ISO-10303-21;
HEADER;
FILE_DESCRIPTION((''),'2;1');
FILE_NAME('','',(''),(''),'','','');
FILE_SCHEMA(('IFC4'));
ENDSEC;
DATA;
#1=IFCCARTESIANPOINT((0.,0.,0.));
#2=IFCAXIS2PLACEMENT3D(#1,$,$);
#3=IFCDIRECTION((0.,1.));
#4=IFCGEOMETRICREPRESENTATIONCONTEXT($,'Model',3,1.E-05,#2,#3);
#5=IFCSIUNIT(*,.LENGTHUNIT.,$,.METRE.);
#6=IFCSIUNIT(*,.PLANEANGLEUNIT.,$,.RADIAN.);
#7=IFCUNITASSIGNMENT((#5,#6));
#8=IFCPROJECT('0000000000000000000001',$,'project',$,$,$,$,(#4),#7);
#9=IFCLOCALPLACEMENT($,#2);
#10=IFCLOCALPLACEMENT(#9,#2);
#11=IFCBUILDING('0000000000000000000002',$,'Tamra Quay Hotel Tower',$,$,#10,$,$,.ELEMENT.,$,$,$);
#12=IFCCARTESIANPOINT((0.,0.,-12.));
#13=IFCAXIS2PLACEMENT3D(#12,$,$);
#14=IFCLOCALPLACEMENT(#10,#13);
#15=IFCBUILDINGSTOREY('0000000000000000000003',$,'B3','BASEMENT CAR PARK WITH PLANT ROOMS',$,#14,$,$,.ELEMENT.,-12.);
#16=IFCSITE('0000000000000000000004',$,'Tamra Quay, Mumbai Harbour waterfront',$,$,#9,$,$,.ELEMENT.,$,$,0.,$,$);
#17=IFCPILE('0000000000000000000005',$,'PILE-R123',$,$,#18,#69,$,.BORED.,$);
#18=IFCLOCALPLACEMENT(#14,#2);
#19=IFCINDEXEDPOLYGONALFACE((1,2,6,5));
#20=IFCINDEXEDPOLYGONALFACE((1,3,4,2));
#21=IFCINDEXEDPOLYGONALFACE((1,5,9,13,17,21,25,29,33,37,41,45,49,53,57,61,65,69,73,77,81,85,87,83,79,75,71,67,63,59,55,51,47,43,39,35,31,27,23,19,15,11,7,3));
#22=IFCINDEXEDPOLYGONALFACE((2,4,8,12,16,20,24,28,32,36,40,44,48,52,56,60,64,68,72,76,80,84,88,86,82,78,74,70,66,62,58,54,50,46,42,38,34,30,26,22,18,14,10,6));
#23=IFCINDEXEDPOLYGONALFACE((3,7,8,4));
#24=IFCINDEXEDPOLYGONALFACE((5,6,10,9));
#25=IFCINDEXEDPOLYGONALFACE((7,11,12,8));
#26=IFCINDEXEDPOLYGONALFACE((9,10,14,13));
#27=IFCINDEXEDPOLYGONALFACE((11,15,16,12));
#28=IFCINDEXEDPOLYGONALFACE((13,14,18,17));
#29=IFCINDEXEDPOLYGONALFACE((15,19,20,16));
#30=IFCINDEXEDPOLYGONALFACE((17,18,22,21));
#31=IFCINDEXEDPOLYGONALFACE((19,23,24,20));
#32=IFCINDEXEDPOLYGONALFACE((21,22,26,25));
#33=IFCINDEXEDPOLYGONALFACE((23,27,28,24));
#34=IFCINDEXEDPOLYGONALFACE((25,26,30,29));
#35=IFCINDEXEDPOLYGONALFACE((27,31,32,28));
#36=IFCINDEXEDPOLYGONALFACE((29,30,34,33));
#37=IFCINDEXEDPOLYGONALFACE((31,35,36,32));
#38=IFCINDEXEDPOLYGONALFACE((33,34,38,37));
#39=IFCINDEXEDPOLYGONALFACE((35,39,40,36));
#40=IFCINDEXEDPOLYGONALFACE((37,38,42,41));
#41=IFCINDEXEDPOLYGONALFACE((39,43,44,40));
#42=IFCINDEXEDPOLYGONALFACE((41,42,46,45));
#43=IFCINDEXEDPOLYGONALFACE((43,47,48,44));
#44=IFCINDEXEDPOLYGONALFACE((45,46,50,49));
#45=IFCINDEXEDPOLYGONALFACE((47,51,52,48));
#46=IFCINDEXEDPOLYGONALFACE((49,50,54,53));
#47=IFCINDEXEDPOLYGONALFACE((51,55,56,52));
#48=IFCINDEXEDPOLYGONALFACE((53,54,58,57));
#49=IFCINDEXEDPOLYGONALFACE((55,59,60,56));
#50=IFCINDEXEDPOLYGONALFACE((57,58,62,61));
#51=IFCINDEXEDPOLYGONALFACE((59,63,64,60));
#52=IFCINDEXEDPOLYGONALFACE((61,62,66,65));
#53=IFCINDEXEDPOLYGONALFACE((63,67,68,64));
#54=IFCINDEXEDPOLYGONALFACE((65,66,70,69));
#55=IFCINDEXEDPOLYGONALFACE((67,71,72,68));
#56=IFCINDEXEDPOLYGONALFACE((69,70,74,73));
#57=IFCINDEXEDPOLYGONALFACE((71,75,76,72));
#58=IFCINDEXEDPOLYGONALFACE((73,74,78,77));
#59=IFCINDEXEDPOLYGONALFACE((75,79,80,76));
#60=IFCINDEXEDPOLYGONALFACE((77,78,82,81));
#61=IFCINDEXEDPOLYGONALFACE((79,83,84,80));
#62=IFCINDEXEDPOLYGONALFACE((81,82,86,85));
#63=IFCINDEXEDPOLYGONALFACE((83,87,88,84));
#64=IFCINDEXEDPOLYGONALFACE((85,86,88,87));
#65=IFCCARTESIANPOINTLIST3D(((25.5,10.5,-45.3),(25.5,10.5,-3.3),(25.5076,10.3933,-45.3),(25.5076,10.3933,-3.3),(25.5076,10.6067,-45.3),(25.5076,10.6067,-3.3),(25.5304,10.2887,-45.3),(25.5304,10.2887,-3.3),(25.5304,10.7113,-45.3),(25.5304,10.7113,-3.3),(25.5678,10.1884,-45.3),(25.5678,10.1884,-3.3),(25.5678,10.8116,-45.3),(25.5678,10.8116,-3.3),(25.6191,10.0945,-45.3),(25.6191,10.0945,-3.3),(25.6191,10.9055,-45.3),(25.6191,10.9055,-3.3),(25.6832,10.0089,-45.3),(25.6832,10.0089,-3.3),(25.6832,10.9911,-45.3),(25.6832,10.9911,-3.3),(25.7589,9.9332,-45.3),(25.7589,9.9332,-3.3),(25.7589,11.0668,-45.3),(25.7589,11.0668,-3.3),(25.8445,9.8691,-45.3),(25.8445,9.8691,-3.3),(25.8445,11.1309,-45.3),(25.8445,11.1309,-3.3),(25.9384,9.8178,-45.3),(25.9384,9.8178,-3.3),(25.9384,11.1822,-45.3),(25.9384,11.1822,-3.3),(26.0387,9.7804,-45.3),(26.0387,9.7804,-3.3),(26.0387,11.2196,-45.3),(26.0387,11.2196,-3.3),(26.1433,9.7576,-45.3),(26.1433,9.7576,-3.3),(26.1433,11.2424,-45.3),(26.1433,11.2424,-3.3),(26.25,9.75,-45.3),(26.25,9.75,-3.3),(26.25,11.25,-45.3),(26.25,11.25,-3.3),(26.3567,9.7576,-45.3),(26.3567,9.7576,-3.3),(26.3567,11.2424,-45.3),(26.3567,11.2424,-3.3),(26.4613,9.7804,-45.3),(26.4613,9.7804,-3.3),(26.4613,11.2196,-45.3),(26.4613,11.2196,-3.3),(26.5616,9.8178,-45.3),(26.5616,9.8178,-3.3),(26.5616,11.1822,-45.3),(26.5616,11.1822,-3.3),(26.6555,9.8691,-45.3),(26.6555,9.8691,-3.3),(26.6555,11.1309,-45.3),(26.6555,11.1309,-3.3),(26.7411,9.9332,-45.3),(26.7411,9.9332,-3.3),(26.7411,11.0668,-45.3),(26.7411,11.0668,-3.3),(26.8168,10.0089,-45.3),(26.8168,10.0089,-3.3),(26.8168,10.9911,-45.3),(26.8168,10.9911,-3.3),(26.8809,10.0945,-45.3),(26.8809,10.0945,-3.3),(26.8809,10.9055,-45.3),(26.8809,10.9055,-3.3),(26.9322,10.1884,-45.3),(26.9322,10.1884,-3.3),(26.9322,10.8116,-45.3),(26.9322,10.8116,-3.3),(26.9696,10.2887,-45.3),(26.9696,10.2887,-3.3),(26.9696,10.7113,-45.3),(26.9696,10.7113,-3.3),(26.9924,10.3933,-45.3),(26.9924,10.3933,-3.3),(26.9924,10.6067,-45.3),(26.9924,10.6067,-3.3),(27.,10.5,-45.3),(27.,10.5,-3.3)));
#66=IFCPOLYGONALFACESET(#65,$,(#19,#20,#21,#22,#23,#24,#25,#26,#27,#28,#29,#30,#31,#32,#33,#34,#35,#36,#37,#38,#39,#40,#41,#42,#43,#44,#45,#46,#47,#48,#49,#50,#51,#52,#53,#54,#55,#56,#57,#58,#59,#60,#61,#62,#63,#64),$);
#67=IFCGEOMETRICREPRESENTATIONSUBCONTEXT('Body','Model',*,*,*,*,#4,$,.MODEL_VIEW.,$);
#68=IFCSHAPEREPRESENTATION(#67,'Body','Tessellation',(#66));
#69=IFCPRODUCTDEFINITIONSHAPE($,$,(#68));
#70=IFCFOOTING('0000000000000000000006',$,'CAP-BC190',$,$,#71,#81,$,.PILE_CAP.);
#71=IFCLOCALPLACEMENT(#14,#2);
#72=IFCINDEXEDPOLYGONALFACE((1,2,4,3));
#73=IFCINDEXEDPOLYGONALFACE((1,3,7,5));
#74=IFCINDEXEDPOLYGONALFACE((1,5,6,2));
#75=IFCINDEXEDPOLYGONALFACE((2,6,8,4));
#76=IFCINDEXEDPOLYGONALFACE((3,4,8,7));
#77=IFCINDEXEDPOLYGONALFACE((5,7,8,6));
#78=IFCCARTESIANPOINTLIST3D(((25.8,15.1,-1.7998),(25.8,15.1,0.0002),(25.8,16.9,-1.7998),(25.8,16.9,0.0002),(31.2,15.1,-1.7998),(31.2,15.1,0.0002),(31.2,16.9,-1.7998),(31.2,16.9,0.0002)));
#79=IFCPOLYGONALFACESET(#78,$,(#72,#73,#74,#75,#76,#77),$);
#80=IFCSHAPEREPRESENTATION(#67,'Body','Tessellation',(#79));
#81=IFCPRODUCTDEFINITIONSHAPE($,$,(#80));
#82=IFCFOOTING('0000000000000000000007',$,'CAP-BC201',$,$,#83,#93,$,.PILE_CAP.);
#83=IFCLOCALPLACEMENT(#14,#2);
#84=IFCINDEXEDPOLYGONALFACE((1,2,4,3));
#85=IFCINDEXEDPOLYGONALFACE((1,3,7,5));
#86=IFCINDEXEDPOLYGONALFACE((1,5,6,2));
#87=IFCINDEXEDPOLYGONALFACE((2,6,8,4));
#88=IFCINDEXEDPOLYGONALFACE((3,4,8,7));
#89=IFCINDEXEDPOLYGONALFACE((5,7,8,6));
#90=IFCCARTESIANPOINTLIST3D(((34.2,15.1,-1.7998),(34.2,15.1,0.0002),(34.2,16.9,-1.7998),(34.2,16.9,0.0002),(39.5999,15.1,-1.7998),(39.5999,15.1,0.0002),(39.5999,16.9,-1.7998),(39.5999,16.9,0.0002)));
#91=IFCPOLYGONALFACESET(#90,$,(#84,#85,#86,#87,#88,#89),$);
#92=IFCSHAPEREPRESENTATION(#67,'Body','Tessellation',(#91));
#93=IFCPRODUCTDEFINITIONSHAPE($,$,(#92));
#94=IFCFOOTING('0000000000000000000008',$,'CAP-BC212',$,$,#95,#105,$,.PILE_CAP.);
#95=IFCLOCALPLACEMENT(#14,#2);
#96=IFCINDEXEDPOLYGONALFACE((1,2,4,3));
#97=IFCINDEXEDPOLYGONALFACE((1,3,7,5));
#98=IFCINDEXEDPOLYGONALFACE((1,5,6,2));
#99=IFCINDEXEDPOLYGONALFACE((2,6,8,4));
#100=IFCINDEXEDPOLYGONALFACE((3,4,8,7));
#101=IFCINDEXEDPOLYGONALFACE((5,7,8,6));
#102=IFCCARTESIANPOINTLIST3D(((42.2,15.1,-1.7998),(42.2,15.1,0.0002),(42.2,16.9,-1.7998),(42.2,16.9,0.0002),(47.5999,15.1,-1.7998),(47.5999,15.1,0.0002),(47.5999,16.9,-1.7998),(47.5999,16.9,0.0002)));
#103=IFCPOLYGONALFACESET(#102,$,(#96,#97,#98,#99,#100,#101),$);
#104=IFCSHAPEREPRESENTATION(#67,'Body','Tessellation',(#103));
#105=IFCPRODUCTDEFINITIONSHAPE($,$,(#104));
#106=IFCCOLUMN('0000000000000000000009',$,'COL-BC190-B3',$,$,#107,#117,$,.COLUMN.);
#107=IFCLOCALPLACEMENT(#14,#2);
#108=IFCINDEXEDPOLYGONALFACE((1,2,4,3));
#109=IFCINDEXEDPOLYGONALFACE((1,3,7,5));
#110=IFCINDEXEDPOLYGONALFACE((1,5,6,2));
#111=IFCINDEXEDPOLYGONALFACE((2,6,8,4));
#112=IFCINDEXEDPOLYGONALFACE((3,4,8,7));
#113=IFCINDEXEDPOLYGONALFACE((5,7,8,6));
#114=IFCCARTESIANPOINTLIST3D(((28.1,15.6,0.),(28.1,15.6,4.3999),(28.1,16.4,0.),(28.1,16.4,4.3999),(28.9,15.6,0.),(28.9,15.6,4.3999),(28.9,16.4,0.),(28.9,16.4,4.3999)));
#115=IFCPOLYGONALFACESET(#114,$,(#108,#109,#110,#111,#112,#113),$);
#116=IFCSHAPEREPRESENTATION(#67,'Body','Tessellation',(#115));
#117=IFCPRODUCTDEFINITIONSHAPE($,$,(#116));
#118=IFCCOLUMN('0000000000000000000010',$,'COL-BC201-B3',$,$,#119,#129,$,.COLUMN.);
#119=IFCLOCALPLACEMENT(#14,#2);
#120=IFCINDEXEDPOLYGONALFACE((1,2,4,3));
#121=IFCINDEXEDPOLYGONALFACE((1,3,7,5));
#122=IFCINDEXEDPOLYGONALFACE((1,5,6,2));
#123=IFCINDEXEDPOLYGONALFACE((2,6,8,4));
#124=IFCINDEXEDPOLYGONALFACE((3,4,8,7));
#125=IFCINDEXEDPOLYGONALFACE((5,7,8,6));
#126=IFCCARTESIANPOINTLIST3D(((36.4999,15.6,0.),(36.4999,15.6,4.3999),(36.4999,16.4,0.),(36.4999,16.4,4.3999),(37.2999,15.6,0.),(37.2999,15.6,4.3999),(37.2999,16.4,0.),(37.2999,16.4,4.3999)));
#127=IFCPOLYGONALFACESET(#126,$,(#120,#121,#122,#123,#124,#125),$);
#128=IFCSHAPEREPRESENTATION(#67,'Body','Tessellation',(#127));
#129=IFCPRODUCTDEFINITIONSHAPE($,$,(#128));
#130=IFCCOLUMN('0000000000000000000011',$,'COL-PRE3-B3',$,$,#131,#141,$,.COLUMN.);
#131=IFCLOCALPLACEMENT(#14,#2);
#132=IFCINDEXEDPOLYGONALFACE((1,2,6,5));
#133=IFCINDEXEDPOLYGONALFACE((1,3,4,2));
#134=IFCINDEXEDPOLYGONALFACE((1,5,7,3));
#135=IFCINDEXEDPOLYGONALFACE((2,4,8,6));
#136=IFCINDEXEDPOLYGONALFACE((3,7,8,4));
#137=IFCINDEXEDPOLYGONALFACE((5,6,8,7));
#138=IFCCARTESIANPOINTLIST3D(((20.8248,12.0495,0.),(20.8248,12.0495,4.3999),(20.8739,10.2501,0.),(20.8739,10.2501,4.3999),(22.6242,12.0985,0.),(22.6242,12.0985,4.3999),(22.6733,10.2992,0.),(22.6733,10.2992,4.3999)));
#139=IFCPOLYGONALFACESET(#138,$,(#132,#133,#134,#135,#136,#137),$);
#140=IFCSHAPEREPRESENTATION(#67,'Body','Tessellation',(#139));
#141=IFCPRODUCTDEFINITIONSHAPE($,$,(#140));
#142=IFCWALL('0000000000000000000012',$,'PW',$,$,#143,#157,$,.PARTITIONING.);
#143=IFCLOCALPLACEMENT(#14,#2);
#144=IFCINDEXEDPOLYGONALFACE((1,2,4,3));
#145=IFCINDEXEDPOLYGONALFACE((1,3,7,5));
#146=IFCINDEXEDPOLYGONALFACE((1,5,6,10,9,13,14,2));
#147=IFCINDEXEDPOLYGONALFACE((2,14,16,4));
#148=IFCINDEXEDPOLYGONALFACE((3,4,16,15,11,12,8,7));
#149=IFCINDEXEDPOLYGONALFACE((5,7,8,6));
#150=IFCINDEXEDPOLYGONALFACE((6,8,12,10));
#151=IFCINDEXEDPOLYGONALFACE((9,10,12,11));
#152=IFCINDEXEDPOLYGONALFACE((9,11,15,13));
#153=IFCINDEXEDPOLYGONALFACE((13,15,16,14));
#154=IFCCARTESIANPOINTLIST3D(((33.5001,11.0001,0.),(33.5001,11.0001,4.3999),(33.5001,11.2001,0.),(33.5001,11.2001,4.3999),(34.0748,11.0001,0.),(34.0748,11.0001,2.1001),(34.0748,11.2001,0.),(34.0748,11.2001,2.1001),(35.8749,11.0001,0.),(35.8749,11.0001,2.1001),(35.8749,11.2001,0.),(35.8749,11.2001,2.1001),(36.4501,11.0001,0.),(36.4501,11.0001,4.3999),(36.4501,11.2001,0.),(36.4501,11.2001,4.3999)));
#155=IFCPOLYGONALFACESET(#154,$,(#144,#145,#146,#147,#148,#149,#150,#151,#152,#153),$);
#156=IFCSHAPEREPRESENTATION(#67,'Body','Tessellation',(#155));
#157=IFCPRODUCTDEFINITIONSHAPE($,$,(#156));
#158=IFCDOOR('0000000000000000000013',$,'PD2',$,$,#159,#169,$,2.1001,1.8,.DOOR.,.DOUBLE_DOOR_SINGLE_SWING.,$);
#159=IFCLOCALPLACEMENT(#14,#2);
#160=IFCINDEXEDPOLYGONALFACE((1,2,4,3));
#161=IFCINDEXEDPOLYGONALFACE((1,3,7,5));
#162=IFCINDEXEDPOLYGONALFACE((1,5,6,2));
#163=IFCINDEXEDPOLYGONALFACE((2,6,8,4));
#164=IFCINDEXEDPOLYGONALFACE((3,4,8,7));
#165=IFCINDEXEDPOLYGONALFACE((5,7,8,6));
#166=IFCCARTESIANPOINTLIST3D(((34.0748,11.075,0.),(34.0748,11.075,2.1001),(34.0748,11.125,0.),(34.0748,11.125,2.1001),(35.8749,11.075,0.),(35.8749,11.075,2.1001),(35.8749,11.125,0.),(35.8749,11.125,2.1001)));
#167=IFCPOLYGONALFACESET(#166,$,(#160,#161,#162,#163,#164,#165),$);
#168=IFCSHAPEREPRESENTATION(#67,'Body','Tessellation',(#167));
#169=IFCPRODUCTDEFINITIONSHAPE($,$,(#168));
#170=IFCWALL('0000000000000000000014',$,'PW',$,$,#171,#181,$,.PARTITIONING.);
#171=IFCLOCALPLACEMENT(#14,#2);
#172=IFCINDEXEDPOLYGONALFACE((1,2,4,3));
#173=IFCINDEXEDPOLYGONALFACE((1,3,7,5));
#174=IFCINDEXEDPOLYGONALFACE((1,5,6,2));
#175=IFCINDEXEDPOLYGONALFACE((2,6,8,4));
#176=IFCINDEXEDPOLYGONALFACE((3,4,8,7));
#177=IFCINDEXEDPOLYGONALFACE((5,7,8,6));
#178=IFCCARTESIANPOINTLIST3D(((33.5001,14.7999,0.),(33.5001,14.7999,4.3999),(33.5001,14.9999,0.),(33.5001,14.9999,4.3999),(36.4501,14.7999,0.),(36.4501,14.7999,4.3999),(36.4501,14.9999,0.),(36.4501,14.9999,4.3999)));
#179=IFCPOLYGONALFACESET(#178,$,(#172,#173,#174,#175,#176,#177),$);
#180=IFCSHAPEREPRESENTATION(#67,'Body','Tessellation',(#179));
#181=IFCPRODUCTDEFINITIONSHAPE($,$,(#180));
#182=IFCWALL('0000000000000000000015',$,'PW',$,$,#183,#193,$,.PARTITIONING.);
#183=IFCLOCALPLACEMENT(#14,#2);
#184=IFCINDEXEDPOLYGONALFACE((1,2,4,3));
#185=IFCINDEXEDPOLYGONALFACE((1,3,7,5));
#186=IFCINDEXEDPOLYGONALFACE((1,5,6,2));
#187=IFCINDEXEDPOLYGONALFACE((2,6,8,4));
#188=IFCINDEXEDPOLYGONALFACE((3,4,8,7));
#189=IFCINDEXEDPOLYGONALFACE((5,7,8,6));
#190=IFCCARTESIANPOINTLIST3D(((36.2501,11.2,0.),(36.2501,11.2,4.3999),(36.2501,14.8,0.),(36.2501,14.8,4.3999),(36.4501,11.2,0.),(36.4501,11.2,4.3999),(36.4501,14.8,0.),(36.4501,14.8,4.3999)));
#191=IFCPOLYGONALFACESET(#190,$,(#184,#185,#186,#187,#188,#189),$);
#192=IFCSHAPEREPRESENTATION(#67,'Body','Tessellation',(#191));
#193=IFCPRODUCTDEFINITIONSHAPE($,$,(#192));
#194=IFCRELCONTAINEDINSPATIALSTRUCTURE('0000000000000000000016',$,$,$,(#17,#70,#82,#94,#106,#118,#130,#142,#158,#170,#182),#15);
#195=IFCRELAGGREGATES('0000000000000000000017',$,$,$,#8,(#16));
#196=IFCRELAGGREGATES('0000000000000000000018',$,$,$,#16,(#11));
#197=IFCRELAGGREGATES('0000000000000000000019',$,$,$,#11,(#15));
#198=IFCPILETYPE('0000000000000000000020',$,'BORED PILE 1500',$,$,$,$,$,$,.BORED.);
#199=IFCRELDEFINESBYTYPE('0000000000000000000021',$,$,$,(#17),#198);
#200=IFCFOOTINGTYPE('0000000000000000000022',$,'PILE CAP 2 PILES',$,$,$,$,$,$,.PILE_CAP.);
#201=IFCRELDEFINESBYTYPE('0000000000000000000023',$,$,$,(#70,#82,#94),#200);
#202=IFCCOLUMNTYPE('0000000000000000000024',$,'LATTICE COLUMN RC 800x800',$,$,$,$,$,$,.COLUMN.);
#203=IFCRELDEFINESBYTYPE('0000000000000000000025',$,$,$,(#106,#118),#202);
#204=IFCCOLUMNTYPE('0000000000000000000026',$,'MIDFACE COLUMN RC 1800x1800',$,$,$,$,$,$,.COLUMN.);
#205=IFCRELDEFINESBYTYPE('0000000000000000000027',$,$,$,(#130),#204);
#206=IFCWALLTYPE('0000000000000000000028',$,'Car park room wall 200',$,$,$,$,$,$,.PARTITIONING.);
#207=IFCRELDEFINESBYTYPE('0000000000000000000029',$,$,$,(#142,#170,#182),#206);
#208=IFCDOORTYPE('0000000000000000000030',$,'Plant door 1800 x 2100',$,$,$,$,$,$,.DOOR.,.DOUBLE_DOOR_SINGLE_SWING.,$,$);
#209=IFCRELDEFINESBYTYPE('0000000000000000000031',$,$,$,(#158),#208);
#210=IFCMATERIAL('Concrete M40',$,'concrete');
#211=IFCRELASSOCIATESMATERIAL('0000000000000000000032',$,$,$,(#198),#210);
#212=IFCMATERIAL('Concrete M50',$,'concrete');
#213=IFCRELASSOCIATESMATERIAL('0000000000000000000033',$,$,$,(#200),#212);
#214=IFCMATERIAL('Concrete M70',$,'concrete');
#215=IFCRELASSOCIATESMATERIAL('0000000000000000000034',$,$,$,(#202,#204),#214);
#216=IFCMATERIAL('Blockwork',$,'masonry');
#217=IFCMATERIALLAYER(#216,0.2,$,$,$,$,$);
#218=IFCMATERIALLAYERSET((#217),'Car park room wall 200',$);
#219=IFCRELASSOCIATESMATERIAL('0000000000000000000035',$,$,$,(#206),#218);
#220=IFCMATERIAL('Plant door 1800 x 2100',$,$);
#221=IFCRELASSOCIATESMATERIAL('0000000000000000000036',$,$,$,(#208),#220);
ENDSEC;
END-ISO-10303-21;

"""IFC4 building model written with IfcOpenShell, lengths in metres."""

from ifc_helpers import new_model, si_unit, direction, frame, frame_2d, origin, origin_2d, place, context, subcontext, project, spatial, rectangle, circle, extrude, material, layer, layer_set, material_profile, profile_set, type_object, element, fill, save


model = new_model("IFC4")

# Units and contexts
model_context = context("Model", 3, precision=1e-05, world=origin(), true_north=direction((0.0, 1.0)))
body_context = subcontext(model_context, "Body", "Model", "MODEL_VIEW")
ifc_project = project(units=[si_unit("LENGTHUNIT", "METRE"), si_unit("PLANEANGLEUNIT", "RADIAN")], contexts=[model_context])

# Site, building, storey
site_placement = place(None, origin())
site = spatial("IfcSite", under=ifc_project, at=site_placement, Name="Tamra Quay, Mumbai Harbour waterfront", CompositionType="ELEMENT", RefElevation=0.0)
building_placement = place(site_placement, origin())
building = spatial("IfcBuilding", under=site, at=building_placement, Name="Tamra Quay Hotel Tower", CompositionType="ELEMENT")
storey_placement = place(building_placement, frame((0.0, 0.0, -12.0)))
storey = spatial("IfcBuildingStorey", under=building, at=storey_placement, Name="B3", Description="BASEMENT CAR PARK WITH PLANT ROOMS", CompositionType="ELEMENT", Elevation=-12.0)

# Pile
ifc_material_1 = material(Name="Concrete M40", Category="concrete")
ifc_material_profile_1 = material_profile(ifc_material_1, circle(Radius=0.75, at=origin_2d()), Name="BORED PILE 1500")
ifc_profile_set_1 = profile_set([ifc_material_profile_1], Name="Concrete M40")
pile_type_1 = type_object("IfcPileType", Name="BORED PILE 1500", PredefinedType="BORED", material=ifc_profile_set_1)
for number, where, z_axis, x_axis, name in (
    (1, (26.25, 10.5, -3.3), (0.0, 0.0, -1.0), (1.0, 0.0, 0.0), "PILE-R123"),
):
    element("IfcPile", number, at=place(storey_placement, frame(where, z_axis=z_axis, x_axis=x_axis)), inside=storey, type_object=pile_type_1, Name=name, PredefinedType="BORED", context=body_context, shape_type="SweptSolid", body=[
        extrude(circle(Radius=0.75, at=origin_2d()), origin(), (0.0, 0.0, 1.0), 42.0),
    ])

# Footings
ifc_material_2 = material(Name="Concrete M50", Category="concrete")
footing_type = type_object("IfcFootingType", Name="PILE CAP 2 PILES", PredefinedType="PILE_CAP", material=ifc_material_2)
for number, where, z_axis, x_axis, name in (
    (2, (28.5, 16.0, -1.7998), (0.0, 0.0, 1.0), (1.0, 0.0, 0.0), "CAP-BC190"),
    (3, (36.8999, 16.0, -1.7998), (0.0, 0.0, 1.0), (1.0, 0.0, 0.0), "CAP-BC201"),
    (4, (44.8999, 16.0, -1.7998), (0.0, 0.0, 1.0), (1.0, 0.0, 0.0), "CAP-BC212"),
):
    element("IfcFooting", number, at=place(storey_placement, frame(where, z_axis=z_axis, x_axis=x_axis)), inside=storey, type_object=footing_type, Name=name, PredefinedType="PILE_CAP", context=body_context, shape_type="SweptSolid", body=[
        extrude(rectangle(XDim=5.3999, YDim=1.8, at=origin_2d()), origin(), (0.0, 0.0, 1.0), 1.8),
    ])

# Columns
ifc_material_3 = material(Name="Concrete M70", Category="concrete")
ifc_material_profile_2 = material_profile(ifc_material_3, rectangle(XDim=0.8, YDim=0.8, at=origin_2d()), Name="LATTICE COLUMN RC 800x800")
ifc_profile_set_2 = profile_set([ifc_material_profile_2], Name="Concrete M70")
column_type_1 = type_object("IfcColumnType", Name="LATTICE COLUMN RC 800x800", PredefinedType="COLUMN", material=ifc_profile_set_2)
for number, where, z_axis, x_axis, name in (
    (5, (28.5, 16.0, 0.0), (0.0, 0.0, 1.0), (1.0, 0.0, 0.0), "COL-BC190-B3"),
    (6, (36.8999, 16.0, 0.0), (0.0, 0.0, 1.0), (1.0, 0.0, 0.0), "COL-BC201-B3"),
):
    element("IfcColumn", number, at=place(storey_placement, frame(where, z_axis=z_axis, x_axis=x_axis)), inside=storey, type_object=column_type_1, Name=name, PredefinedType="COLUMN", context=body_context, shape_type="SweptSolid", body=[
        extrude(rectangle(XDim=0.8, YDim=0.8, at=origin_2d()), origin(), (0.0, 0.0, 1.0), 4.3999),
    ])
ifc_material_profile_3 = material_profile(ifc_material_3, rectangle(XDim=1.8, YDim=1.8, at=origin_2d()), Name="MIDFACE COLUMN RC 1800x1800")
ifc_profile_set_3 = profile_set([ifc_material_profile_3], Name="Concrete M70")
column_type_2 = type_object("IfcColumnType", Name="MIDFACE COLUMN RC 1800x1800", PredefinedType="COLUMN", material=ifc_profile_set_3)
column_placement = place(storey_placement, frame((21.749, 11.1743, 0.0), z_axis=(0.0, 0.0, 1.0), x_axis=(0.999628, 0.027269, 0.0)))
element("IfcColumn", 7, at=column_placement, inside=storey, type_object=column_type_2, Name="COL-PRE3-B3", PredefinedType="COLUMN", context=body_context, shape_type="SweptSolid", body=[
    extrude(rectangle(XDim=1.8, YDim=1.8, at=origin_2d()), origin(), (0.0, 0.0, 1.0), 4.3999),
])

# Wall, opening, door
ifc_material_4 = material(Name="Blockwork", Category="masonry")
ifc_layer_1 = layer(ifc_material_4, 0.2)
ifc_layer_set_1 = layer_set([ifc_layer_1], Name="Car park room wall 200")
wall_type_1 = type_object("IfcWallType", Name="Car park room wall 200", PredefinedType="PARTITIONING", material=ifc_layer_set_1)
wall_1_placement = place(storey_placement, frame((33.5, 11.1001, 0.0), z_axis=(0.0, 0.0, 1.0), x_axis=(1.0, 0.0, 0.0)))
wall_1 = element("IfcWall", 8, at=wall_1_placement, inside=storey, type_object=wall_type_1, Name="PW", PredefinedType="PARTITIONING", context=body_context, shape_type="SweptSolid", body=[
    extrude(rectangle(XDim=2.95, YDim=0.2, at=frame_2d((1.4751, 0.0))), origin(), (0.0, 0.0, 1.0), 4.3999),
])
opening_1_placement = place(wall_1_placement, frame((0.575, 0.0, 0.0)))
opening_1 = element("IfcOpeningElement", 9, at=opening_1_placement, cuts=wall_1, PredefinedType="OPENING", context=body_context, shape_type="SweptSolid", body=[
    extrude(rectangle(XDim=1.8, YDim=2.1001, at=frame_2d((0.8999, 1.05))), frame((0.0, 0.1099, 0.0), z_axis=(0.0, -1.0, 0.0), x_axis=(1.0, 0.0, 0.0)), (0.0, 0.0, 1.0), 0.22),
])
ifc_material_5 = material(Name="Plant door 1800 x 2100")
door_type_1 = type_object("IfcDoorType", Name="Plant door 1800 x 2100", OperationType="DOUBLE_DOOR_SINGLE_SWING", PredefinedType="DOOR", material=ifc_material_5)
door_1_placement = place(opening_1_placement, origin())
door_1 = element("IfcDoor", 10, at=door_1_placement, inside=storey, type_object=door_type_1, Name="PD2", OperationType="DOUBLE_DOOR_SINGLE_SWING", OverallHeight=2.1001, OverallWidth=1.8, PredefinedType="DOOR", context=body_context, shape_type="SweptSolid", body=[
    extrude(rectangle(XDim=1.8, YDim=2.1001, at=frame_2d((0.8999, 1.05))), frame((0.0, 0.0249, 0.0), z_axis=(0.0, -1.0, 0.0), x_axis=(1.0, 0.0, 0.0)), (0.0, 0.0, 1.0), 0.05),
])
fill(opening_1, door_1)

# Walls
wall_2_placement = place(storey_placement, frame((33.5, 14.8999, 0.0), z_axis=(0.0, 0.0, 1.0), x_axis=(1.0, 0.0, 0.0)))
element("IfcWall", 11, at=wall_2_placement, inside=storey, type_object=wall_type_1, Name="PW", PredefinedType="PARTITIONING", context=body_context, shape_type="SweptSolid", body=[
    extrude(rectangle(XDim=2.95, YDim=0.2, at=frame_2d((1.4751, 0.0))), origin(), (0.0, 0.0, 1.0), 4.3999),
])
wall_3_placement = place(storey_placement, frame((36.3501, 11.2, 0.0), z_axis=(0.0, 0.0, 1.0), x_axis=(0.0, 1.0, 0.0)))
element("IfcWall", 12, at=wall_3_placement, inside=storey, type_object=wall_type_1, Name="PW", PredefinedType="PARTITIONING", context=body_context, shape_type="SweptSolid", body=[
    extrude(rectangle(XDim=3.6001, YDim=0.2, at=frame_2d((1.8, 0.0))), origin(), (0.0, 0.0, 1.0), 4.3999),
])

save(model, "model.ifc")
